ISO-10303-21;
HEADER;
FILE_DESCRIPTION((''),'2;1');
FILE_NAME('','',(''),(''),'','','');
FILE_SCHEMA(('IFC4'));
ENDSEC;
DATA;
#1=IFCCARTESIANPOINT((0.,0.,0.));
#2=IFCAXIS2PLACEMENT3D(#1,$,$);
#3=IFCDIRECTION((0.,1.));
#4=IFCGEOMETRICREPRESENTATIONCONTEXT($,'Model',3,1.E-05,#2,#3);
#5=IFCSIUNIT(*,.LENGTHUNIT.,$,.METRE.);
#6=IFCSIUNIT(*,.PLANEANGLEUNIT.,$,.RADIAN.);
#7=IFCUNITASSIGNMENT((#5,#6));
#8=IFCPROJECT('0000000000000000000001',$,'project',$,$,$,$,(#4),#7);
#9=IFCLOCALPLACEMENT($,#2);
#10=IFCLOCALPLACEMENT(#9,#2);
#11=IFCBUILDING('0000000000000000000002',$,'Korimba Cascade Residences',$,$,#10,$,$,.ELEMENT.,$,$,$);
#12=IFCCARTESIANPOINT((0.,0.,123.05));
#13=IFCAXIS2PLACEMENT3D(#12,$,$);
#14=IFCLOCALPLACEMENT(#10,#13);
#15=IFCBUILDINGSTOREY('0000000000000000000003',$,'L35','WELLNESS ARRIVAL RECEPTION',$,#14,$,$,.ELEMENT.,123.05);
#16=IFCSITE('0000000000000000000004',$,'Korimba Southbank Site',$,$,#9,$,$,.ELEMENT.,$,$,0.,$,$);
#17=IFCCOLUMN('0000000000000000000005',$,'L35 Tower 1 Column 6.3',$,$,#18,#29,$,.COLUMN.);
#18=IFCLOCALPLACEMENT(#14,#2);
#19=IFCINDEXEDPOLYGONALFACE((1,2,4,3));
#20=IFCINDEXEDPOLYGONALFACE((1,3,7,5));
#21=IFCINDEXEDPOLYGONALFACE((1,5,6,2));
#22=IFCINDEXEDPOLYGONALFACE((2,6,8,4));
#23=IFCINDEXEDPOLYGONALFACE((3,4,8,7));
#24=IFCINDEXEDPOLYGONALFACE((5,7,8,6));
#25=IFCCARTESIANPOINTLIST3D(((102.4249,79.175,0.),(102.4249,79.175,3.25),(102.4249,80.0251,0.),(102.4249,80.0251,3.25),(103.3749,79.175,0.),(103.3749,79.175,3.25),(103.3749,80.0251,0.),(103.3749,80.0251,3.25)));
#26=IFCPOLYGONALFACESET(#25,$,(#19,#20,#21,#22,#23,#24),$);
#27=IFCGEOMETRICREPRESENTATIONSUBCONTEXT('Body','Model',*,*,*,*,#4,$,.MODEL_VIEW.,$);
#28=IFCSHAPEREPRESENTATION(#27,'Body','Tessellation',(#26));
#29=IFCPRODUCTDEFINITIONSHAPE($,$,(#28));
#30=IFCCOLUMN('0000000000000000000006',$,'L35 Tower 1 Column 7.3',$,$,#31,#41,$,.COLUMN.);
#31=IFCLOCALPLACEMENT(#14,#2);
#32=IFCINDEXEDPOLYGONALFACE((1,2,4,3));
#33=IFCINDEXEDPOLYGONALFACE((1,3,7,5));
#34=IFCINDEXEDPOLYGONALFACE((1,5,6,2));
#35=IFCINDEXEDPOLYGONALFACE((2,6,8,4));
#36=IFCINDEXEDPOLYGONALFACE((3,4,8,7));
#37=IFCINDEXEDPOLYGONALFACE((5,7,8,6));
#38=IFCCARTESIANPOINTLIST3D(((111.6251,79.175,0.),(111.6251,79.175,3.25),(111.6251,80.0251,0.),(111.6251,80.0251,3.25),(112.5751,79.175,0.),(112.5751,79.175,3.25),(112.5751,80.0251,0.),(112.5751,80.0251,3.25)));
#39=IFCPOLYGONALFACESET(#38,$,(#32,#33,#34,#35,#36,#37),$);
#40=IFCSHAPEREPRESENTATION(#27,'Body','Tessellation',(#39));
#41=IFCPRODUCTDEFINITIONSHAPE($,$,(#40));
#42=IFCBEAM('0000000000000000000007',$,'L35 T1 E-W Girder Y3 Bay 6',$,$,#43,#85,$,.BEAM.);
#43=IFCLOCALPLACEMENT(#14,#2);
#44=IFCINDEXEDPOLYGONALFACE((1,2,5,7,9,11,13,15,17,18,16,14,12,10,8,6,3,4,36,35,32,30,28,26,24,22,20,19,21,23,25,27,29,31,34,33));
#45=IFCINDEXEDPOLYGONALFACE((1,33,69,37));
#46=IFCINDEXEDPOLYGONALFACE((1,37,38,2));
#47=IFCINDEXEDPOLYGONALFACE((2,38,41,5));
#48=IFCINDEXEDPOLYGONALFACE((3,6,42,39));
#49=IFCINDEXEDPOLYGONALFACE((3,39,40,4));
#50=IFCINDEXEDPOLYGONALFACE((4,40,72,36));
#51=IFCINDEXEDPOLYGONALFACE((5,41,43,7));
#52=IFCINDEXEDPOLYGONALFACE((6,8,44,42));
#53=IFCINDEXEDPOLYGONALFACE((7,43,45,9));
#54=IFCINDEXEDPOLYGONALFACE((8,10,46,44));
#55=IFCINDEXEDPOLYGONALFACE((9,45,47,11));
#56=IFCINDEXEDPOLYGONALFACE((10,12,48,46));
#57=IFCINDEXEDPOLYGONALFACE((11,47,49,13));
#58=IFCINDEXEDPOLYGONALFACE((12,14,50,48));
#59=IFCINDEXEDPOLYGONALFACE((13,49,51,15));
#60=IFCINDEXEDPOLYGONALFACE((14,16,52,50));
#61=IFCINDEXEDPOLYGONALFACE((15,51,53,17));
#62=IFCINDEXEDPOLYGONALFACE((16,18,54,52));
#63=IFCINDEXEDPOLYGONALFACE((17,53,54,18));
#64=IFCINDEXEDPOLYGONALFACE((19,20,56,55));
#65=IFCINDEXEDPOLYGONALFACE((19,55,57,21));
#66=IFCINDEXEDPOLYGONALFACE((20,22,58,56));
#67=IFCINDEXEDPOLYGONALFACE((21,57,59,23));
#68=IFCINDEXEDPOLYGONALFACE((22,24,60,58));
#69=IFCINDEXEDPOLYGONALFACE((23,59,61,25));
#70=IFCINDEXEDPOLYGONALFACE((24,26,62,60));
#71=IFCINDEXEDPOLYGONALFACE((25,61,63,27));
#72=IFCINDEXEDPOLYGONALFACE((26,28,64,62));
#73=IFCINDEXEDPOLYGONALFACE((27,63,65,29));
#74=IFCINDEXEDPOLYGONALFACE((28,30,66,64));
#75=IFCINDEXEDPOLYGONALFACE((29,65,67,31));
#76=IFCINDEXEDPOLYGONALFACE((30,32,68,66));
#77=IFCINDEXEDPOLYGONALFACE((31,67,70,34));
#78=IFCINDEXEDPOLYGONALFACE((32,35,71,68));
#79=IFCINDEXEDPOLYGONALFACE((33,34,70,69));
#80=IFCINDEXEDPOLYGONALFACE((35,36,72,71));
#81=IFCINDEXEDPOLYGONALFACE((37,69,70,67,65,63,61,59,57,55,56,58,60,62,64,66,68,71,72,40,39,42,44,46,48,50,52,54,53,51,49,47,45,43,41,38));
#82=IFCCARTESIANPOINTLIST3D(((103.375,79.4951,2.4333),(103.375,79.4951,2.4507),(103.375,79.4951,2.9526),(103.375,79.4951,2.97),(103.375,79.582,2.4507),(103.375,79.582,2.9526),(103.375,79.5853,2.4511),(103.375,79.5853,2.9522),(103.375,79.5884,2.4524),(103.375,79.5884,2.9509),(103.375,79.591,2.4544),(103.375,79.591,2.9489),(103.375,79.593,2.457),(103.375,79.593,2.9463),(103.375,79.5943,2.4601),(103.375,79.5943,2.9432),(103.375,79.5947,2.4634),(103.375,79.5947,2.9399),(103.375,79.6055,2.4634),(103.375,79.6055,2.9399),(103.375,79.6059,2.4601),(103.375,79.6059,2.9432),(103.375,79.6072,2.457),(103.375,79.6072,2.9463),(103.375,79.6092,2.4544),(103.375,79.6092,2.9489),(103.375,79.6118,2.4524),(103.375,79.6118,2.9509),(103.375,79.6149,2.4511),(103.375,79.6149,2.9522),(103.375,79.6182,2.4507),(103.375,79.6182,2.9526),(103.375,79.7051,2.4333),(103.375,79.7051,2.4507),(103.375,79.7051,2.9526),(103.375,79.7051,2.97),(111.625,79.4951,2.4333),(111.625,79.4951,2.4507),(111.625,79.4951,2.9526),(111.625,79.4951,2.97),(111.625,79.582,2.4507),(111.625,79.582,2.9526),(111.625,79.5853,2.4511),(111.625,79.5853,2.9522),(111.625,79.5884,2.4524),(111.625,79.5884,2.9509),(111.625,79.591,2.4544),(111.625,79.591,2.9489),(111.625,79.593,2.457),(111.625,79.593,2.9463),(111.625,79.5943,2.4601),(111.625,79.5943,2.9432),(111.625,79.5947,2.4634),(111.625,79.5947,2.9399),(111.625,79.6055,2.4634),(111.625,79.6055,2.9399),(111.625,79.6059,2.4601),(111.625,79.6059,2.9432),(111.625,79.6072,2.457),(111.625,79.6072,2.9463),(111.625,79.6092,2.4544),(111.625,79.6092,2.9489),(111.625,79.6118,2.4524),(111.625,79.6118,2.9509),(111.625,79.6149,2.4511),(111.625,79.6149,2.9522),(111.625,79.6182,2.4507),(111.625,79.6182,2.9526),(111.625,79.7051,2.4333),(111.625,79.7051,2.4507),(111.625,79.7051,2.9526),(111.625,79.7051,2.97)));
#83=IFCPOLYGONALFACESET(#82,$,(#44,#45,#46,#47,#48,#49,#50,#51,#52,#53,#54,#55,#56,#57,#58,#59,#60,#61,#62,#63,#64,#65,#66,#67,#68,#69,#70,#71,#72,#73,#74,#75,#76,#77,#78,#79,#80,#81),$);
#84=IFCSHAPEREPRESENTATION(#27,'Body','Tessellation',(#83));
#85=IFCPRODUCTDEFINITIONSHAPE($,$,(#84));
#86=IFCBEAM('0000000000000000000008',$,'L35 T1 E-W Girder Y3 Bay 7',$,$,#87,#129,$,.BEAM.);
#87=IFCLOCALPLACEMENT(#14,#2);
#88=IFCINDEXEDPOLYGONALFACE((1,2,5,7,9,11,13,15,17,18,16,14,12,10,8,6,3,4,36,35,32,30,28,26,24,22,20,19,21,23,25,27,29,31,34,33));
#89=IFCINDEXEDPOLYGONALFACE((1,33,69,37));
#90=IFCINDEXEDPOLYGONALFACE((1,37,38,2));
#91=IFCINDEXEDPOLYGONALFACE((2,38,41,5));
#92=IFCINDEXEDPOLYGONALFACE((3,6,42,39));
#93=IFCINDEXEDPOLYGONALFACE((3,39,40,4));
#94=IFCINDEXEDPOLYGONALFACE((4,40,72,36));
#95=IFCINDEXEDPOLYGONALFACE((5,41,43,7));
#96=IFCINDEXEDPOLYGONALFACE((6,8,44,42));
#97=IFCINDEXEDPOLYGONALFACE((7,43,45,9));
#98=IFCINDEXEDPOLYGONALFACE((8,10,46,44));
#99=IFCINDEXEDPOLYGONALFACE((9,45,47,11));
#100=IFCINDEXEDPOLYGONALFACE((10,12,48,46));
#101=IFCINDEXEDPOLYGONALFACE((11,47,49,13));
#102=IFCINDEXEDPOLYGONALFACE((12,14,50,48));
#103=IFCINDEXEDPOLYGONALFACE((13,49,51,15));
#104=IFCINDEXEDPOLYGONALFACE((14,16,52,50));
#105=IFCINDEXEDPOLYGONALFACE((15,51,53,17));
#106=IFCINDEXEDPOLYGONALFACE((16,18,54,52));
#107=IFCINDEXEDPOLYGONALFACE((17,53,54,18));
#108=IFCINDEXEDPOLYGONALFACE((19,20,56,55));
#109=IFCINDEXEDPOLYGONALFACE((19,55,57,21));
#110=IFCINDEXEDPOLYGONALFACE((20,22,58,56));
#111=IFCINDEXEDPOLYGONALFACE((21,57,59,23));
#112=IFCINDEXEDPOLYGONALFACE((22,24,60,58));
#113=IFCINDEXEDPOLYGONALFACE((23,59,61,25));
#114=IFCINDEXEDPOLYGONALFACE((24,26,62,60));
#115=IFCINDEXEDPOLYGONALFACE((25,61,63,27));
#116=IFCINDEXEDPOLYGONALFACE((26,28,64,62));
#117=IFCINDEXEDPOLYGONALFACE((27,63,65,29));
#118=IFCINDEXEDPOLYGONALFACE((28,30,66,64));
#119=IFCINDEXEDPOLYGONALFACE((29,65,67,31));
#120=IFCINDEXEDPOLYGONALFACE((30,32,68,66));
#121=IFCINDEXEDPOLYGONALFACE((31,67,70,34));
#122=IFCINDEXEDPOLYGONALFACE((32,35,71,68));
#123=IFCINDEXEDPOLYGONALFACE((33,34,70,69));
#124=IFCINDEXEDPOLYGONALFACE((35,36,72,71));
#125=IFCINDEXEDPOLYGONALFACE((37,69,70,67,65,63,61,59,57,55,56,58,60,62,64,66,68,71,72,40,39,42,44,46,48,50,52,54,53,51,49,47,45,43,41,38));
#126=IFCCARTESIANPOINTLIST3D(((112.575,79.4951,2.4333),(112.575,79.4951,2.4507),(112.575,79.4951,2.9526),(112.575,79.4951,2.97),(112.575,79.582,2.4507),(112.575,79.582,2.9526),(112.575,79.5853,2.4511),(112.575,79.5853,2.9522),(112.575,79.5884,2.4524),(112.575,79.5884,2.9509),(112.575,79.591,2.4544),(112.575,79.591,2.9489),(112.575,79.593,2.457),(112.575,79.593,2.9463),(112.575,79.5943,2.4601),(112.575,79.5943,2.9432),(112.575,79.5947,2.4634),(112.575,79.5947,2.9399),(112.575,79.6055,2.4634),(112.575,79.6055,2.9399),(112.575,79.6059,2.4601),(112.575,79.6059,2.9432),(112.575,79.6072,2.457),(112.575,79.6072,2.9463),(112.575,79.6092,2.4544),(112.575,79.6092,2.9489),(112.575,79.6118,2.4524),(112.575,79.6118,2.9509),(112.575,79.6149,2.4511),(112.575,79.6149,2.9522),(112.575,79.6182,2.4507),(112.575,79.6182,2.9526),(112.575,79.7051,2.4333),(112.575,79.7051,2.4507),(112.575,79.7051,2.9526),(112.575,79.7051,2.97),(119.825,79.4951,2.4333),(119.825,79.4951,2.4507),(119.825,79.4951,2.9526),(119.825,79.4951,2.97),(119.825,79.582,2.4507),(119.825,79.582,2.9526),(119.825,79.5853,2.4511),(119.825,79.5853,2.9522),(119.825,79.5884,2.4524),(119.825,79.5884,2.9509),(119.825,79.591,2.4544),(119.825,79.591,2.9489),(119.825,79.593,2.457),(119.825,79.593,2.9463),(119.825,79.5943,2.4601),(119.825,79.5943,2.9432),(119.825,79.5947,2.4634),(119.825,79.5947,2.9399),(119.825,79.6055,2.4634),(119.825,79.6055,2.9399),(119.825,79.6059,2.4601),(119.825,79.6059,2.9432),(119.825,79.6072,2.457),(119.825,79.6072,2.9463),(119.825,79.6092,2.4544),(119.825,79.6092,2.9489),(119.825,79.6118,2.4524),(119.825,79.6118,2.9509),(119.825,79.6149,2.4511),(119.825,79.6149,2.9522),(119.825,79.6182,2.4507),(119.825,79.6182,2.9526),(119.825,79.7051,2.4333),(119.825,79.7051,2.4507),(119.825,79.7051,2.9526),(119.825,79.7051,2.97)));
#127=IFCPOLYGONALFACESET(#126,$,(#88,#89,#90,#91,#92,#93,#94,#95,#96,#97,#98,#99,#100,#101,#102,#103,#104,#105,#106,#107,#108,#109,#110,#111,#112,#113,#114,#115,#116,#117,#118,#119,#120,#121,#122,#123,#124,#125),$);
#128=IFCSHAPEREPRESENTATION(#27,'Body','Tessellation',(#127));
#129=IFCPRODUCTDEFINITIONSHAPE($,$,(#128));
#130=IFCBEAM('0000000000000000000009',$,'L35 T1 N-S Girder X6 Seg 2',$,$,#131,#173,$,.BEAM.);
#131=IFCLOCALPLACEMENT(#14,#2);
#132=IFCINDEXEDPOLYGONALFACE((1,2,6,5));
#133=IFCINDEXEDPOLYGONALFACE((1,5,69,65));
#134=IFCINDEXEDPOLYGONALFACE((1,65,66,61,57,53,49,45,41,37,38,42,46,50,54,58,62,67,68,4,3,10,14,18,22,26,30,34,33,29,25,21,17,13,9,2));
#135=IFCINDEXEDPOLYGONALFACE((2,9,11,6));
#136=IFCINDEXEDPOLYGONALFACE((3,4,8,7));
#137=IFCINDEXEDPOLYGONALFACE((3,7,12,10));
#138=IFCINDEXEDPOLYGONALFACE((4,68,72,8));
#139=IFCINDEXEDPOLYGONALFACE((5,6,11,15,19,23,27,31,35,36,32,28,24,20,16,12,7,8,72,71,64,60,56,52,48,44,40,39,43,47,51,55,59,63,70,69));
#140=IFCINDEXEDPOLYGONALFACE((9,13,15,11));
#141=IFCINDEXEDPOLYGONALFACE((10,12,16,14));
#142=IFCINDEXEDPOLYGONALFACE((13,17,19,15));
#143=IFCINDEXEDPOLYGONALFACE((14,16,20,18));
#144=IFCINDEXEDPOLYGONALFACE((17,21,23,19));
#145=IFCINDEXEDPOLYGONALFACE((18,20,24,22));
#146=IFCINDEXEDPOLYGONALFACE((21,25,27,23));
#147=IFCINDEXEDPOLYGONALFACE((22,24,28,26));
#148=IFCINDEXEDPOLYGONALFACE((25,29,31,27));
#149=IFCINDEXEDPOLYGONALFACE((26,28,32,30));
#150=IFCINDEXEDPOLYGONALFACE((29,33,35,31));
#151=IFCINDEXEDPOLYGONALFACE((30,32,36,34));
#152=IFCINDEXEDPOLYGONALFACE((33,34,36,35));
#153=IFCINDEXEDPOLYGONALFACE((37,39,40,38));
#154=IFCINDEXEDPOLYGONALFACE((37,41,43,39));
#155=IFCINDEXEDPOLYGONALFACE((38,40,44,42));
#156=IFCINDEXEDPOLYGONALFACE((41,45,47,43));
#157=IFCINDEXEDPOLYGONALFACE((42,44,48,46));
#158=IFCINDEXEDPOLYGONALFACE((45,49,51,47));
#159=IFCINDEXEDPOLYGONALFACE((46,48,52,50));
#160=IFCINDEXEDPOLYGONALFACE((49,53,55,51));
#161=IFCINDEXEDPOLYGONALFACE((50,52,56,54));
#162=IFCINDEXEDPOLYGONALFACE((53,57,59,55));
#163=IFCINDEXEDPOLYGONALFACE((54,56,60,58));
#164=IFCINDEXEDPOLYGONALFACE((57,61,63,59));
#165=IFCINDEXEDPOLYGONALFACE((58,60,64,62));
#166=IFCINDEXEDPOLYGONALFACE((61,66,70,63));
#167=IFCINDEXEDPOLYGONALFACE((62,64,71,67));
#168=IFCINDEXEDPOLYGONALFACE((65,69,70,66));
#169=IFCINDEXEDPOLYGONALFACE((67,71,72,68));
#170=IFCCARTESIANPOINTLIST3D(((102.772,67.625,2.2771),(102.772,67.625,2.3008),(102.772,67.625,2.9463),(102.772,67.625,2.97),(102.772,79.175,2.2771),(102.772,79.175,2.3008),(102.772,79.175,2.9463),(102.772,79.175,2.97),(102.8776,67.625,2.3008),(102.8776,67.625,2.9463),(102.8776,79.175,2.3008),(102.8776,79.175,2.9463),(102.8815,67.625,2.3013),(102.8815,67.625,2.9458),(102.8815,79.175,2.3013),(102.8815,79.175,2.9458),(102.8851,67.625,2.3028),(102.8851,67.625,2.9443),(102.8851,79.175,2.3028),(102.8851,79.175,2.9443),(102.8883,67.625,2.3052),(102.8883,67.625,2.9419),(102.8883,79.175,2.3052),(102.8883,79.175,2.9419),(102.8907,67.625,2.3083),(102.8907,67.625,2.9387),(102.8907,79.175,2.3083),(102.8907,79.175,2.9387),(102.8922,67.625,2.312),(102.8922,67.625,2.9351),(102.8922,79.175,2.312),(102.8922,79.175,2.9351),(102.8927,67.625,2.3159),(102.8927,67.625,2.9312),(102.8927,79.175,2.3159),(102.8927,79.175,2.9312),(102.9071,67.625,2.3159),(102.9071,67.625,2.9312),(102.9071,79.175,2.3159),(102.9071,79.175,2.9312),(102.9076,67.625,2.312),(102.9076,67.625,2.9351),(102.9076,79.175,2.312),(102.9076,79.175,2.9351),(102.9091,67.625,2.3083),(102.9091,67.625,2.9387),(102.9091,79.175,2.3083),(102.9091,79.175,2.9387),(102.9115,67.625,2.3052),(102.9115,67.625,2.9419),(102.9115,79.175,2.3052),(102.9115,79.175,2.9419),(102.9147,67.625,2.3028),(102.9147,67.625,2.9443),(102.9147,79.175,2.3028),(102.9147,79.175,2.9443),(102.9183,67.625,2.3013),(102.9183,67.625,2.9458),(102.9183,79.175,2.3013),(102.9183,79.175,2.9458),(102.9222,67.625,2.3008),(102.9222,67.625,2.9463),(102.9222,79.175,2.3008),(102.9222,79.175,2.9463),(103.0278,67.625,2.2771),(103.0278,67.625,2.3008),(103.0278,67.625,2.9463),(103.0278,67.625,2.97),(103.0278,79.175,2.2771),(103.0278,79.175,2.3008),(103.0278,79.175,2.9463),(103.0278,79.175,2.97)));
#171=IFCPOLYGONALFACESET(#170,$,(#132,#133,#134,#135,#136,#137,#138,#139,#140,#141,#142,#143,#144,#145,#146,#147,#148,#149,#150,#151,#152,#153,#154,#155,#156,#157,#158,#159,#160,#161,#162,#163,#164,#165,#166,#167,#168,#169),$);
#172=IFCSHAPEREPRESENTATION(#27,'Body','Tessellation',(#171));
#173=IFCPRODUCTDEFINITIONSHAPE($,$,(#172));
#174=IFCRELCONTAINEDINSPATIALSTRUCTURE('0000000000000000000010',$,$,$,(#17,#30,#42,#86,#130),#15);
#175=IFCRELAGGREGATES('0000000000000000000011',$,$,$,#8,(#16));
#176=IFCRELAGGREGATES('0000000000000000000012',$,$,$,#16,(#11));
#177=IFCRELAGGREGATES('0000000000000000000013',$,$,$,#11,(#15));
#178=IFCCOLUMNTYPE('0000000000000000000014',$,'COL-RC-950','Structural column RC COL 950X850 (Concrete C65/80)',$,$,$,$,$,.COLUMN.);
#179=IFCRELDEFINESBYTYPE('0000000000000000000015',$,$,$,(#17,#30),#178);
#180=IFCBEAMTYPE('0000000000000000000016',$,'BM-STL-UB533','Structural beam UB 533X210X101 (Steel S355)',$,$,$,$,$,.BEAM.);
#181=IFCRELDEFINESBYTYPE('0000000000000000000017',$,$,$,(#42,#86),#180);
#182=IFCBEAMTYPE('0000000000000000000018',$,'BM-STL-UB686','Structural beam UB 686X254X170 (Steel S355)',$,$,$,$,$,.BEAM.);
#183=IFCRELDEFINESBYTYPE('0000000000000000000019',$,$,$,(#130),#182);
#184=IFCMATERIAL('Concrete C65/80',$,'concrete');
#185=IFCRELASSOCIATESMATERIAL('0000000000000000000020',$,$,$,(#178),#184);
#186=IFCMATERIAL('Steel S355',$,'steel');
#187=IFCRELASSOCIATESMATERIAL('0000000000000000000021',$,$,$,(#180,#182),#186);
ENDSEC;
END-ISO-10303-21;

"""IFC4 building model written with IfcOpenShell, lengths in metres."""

from ifc_helpers import new_model, si_unit, direction, frame, origin, origin_2d, place, context, subcontext, project, spatial, rectangle, i_section, extrude, material, material_profile, profile_set, type_object, element, save


model = new_model("IFC4")

# Units and contexts
model_context = context("Model", 3, precision=1e-05, world=origin(), true_north=direction((0.0, 1.0)))
body_context = subcontext(model_context, "Body", "Model", "MODEL_VIEW")
ifc_project = project(units=[si_unit("LENGTHUNIT", "METRE"), si_unit("PLANEANGLEUNIT", "RADIAN")], contexts=[model_context])

# Site, building, storey
site_placement = place(None, origin())
site = spatial("IfcSite", under=ifc_project, at=site_placement, Name="Korimba Southbank Site", CompositionType="ELEMENT", RefElevation=0.0)
building_placement = place(site_placement, origin())
building = spatial("IfcBuilding", under=site, at=building_placement, Name="Korimba Cascade Residences", CompositionType="ELEMENT")
storey_placement = place(building_placement, frame((0.0, 0.0, 123.05)))
storey = spatial("IfcBuildingStorey", under=building, at=storey_placement, Name="L35", Description="WELLNESS ARRIVAL RECEPTION", CompositionType="ELEMENT", Elevation=123.05)

# Columns
ifc_material_1 = material(Name="Concrete C65/80", Category="concrete")
ifc_material_profile_1 = material_profile(ifc_material_1, rectangle(XDim=0.95, YDim=0.8501, at=origin_2d()), Name="Concrete C65/80")
ifc_profile_set_1 = profile_set([ifc_material_profile_1], Name="Concrete C65/80")
column_type = type_object("IfcColumnType", Name="COL-RC-950", Description="Structural column RC COL 950X850 (Concrete C65/80)", PredefinedType="COLUMN", material=ifc_profile_set_1)
for number, where, z_axis, x_axis, name in (
    (1, (102.8999, 79.6001, 0.0), (0.0, 0.0, 1.0), (1.0, 0.0, 0.0), "L35 Tower 1 Column 6.3"),
    (2, (112.1001, 79.6001, 0.0), (0.0, 0.0, 1.0), (1.0, 0.0, 0.0), "L35 Tower 1 Column 7.3"),
):
    element("IfcColumn", number, at=place(storey_placement, frame(where, z_axis=z_axis, x_axis=x_axis)), inside=storey, type_object=column_type, Name=name, PredefinedType="COLUMN", context=body_context, shape_type="SweptSolid", body=[
        extrude(rectangle(XDim=0.95, YDim=0.8501, at=origin_2d()), origin(), (0.0, 0.0, 1.0), 3.25),
    ])

# Beams
ifc_material_2 = material(Name="Steel S355", Category="steel")
ifc_material_profile_2 = material_profile(ifc_material_2, i_section(OverallWidth=0.21, OverallDepth=0.5366, WebThickness=0.0107, FlangeThickness=0.0173, FilletRadius=0.0127, at=origin_2d()), Name="Steel S355")
ifc_profile_set_2 = profile_set([ifc_material_profile_2], Name="Steel S355")
beam_type_1 = type_object("IfcBeamType", Name="BM-STL-UB533", Description="Structural beam UB 533X210X101 (Steel S355)", PredefinedType="BEAM", material=ifc_profile_set_2)
beam_1_placement = place(storey_placement, frame((103.375, 79.6001, 2.7017), z_axis=(1.0, 0.0, 0.0), x_axis=(0.0, 1.0, 0.0)))
element("IfcBeam", 3, at=beam_1_placement, inside=storey, type_object=beam_type_1, Name="L35 T1 E-W Girder Y3 Bay 6", PredefinedType="BEAM", context=body_context, shape_type="SweptSolid", body=[
    extrude(i_section(OverallWidth=0.21, OverallDepth=0.5366, WebThickness=0.0107, FlangeThickness=0.0173, FilletRadius=0.0127, at=origin_2d()), origin(), (0.0, 0.0, 1.0), 8.25),
])
beam_2_placement = place(storey_placement, frame((112.575, 79.6001, 2.7017), z_axis=(1.0, 0.0, 0.0), x_axis=(0.0, 1.0, 0.0)))
element("IfcBeam", 4, at=beam_2_placement, inside=storey, type_object=beam_type_1, Name="L35 T1 E-W Girder Y3 Bay 7", PredefinedType="BEAM", context=body_context, shape_type="SweptSolid", body=[
    extrude(i_section(OverallWidth=0.21, OverallDepth=0.5366, WebThickness=0.0107, FlangeThickness=0.0173, FilletRadius=0.0127, at=origin_2d()), origin(), (0.0, 0.0, 1.0), 7.25),
])
ifc_material_profile_3 = material_profile(ifc_material_2, i_section(OverallWidth=0.2559, OverallDepth=0.6929, WebThickness=0.0144, FlangeThickness=0.0237, FilletRadius=0.0151, at=origin_2d()), Name="Steel S355")
ifc_profile_set_3 = profile_set([ifc_material_profile_3], Name="Steel S355")
beam_type_2 = type_object("IfcBeamType", Name="BM-STL-UB686", Description="Structural beam UB 686X254X170 (Steel S355)", PredefinedType="BEAM", material=ifc_profile_set_3)
beam_3_placement = place(storey_placement, frame((102.8999, 67.625, 2.6235), z_axis=(0.0, 1.0, 0.0), x_axis=(-1.0, 0.0, 0.0)))
element("IfcBeam", 5, at=beam_3_placement, inside=storey, type_object=beam_type_2, Name="L35 T1 N-S Girder X6 Seg 2", PredefinedType="BEAM", context=body_context, shape_type="SweptSolid", body=[
    extrude(i_section(OverallWidth=0.2559, OverallDepth=0.6929, WebThickness=0.0144, FlangeThickness=0.0237, FilletRadius=0.0151, at=origin_2d()), origin(), (0.0, 0.0, 1.0), 11.55),
])

save(model, "model.ifc")
